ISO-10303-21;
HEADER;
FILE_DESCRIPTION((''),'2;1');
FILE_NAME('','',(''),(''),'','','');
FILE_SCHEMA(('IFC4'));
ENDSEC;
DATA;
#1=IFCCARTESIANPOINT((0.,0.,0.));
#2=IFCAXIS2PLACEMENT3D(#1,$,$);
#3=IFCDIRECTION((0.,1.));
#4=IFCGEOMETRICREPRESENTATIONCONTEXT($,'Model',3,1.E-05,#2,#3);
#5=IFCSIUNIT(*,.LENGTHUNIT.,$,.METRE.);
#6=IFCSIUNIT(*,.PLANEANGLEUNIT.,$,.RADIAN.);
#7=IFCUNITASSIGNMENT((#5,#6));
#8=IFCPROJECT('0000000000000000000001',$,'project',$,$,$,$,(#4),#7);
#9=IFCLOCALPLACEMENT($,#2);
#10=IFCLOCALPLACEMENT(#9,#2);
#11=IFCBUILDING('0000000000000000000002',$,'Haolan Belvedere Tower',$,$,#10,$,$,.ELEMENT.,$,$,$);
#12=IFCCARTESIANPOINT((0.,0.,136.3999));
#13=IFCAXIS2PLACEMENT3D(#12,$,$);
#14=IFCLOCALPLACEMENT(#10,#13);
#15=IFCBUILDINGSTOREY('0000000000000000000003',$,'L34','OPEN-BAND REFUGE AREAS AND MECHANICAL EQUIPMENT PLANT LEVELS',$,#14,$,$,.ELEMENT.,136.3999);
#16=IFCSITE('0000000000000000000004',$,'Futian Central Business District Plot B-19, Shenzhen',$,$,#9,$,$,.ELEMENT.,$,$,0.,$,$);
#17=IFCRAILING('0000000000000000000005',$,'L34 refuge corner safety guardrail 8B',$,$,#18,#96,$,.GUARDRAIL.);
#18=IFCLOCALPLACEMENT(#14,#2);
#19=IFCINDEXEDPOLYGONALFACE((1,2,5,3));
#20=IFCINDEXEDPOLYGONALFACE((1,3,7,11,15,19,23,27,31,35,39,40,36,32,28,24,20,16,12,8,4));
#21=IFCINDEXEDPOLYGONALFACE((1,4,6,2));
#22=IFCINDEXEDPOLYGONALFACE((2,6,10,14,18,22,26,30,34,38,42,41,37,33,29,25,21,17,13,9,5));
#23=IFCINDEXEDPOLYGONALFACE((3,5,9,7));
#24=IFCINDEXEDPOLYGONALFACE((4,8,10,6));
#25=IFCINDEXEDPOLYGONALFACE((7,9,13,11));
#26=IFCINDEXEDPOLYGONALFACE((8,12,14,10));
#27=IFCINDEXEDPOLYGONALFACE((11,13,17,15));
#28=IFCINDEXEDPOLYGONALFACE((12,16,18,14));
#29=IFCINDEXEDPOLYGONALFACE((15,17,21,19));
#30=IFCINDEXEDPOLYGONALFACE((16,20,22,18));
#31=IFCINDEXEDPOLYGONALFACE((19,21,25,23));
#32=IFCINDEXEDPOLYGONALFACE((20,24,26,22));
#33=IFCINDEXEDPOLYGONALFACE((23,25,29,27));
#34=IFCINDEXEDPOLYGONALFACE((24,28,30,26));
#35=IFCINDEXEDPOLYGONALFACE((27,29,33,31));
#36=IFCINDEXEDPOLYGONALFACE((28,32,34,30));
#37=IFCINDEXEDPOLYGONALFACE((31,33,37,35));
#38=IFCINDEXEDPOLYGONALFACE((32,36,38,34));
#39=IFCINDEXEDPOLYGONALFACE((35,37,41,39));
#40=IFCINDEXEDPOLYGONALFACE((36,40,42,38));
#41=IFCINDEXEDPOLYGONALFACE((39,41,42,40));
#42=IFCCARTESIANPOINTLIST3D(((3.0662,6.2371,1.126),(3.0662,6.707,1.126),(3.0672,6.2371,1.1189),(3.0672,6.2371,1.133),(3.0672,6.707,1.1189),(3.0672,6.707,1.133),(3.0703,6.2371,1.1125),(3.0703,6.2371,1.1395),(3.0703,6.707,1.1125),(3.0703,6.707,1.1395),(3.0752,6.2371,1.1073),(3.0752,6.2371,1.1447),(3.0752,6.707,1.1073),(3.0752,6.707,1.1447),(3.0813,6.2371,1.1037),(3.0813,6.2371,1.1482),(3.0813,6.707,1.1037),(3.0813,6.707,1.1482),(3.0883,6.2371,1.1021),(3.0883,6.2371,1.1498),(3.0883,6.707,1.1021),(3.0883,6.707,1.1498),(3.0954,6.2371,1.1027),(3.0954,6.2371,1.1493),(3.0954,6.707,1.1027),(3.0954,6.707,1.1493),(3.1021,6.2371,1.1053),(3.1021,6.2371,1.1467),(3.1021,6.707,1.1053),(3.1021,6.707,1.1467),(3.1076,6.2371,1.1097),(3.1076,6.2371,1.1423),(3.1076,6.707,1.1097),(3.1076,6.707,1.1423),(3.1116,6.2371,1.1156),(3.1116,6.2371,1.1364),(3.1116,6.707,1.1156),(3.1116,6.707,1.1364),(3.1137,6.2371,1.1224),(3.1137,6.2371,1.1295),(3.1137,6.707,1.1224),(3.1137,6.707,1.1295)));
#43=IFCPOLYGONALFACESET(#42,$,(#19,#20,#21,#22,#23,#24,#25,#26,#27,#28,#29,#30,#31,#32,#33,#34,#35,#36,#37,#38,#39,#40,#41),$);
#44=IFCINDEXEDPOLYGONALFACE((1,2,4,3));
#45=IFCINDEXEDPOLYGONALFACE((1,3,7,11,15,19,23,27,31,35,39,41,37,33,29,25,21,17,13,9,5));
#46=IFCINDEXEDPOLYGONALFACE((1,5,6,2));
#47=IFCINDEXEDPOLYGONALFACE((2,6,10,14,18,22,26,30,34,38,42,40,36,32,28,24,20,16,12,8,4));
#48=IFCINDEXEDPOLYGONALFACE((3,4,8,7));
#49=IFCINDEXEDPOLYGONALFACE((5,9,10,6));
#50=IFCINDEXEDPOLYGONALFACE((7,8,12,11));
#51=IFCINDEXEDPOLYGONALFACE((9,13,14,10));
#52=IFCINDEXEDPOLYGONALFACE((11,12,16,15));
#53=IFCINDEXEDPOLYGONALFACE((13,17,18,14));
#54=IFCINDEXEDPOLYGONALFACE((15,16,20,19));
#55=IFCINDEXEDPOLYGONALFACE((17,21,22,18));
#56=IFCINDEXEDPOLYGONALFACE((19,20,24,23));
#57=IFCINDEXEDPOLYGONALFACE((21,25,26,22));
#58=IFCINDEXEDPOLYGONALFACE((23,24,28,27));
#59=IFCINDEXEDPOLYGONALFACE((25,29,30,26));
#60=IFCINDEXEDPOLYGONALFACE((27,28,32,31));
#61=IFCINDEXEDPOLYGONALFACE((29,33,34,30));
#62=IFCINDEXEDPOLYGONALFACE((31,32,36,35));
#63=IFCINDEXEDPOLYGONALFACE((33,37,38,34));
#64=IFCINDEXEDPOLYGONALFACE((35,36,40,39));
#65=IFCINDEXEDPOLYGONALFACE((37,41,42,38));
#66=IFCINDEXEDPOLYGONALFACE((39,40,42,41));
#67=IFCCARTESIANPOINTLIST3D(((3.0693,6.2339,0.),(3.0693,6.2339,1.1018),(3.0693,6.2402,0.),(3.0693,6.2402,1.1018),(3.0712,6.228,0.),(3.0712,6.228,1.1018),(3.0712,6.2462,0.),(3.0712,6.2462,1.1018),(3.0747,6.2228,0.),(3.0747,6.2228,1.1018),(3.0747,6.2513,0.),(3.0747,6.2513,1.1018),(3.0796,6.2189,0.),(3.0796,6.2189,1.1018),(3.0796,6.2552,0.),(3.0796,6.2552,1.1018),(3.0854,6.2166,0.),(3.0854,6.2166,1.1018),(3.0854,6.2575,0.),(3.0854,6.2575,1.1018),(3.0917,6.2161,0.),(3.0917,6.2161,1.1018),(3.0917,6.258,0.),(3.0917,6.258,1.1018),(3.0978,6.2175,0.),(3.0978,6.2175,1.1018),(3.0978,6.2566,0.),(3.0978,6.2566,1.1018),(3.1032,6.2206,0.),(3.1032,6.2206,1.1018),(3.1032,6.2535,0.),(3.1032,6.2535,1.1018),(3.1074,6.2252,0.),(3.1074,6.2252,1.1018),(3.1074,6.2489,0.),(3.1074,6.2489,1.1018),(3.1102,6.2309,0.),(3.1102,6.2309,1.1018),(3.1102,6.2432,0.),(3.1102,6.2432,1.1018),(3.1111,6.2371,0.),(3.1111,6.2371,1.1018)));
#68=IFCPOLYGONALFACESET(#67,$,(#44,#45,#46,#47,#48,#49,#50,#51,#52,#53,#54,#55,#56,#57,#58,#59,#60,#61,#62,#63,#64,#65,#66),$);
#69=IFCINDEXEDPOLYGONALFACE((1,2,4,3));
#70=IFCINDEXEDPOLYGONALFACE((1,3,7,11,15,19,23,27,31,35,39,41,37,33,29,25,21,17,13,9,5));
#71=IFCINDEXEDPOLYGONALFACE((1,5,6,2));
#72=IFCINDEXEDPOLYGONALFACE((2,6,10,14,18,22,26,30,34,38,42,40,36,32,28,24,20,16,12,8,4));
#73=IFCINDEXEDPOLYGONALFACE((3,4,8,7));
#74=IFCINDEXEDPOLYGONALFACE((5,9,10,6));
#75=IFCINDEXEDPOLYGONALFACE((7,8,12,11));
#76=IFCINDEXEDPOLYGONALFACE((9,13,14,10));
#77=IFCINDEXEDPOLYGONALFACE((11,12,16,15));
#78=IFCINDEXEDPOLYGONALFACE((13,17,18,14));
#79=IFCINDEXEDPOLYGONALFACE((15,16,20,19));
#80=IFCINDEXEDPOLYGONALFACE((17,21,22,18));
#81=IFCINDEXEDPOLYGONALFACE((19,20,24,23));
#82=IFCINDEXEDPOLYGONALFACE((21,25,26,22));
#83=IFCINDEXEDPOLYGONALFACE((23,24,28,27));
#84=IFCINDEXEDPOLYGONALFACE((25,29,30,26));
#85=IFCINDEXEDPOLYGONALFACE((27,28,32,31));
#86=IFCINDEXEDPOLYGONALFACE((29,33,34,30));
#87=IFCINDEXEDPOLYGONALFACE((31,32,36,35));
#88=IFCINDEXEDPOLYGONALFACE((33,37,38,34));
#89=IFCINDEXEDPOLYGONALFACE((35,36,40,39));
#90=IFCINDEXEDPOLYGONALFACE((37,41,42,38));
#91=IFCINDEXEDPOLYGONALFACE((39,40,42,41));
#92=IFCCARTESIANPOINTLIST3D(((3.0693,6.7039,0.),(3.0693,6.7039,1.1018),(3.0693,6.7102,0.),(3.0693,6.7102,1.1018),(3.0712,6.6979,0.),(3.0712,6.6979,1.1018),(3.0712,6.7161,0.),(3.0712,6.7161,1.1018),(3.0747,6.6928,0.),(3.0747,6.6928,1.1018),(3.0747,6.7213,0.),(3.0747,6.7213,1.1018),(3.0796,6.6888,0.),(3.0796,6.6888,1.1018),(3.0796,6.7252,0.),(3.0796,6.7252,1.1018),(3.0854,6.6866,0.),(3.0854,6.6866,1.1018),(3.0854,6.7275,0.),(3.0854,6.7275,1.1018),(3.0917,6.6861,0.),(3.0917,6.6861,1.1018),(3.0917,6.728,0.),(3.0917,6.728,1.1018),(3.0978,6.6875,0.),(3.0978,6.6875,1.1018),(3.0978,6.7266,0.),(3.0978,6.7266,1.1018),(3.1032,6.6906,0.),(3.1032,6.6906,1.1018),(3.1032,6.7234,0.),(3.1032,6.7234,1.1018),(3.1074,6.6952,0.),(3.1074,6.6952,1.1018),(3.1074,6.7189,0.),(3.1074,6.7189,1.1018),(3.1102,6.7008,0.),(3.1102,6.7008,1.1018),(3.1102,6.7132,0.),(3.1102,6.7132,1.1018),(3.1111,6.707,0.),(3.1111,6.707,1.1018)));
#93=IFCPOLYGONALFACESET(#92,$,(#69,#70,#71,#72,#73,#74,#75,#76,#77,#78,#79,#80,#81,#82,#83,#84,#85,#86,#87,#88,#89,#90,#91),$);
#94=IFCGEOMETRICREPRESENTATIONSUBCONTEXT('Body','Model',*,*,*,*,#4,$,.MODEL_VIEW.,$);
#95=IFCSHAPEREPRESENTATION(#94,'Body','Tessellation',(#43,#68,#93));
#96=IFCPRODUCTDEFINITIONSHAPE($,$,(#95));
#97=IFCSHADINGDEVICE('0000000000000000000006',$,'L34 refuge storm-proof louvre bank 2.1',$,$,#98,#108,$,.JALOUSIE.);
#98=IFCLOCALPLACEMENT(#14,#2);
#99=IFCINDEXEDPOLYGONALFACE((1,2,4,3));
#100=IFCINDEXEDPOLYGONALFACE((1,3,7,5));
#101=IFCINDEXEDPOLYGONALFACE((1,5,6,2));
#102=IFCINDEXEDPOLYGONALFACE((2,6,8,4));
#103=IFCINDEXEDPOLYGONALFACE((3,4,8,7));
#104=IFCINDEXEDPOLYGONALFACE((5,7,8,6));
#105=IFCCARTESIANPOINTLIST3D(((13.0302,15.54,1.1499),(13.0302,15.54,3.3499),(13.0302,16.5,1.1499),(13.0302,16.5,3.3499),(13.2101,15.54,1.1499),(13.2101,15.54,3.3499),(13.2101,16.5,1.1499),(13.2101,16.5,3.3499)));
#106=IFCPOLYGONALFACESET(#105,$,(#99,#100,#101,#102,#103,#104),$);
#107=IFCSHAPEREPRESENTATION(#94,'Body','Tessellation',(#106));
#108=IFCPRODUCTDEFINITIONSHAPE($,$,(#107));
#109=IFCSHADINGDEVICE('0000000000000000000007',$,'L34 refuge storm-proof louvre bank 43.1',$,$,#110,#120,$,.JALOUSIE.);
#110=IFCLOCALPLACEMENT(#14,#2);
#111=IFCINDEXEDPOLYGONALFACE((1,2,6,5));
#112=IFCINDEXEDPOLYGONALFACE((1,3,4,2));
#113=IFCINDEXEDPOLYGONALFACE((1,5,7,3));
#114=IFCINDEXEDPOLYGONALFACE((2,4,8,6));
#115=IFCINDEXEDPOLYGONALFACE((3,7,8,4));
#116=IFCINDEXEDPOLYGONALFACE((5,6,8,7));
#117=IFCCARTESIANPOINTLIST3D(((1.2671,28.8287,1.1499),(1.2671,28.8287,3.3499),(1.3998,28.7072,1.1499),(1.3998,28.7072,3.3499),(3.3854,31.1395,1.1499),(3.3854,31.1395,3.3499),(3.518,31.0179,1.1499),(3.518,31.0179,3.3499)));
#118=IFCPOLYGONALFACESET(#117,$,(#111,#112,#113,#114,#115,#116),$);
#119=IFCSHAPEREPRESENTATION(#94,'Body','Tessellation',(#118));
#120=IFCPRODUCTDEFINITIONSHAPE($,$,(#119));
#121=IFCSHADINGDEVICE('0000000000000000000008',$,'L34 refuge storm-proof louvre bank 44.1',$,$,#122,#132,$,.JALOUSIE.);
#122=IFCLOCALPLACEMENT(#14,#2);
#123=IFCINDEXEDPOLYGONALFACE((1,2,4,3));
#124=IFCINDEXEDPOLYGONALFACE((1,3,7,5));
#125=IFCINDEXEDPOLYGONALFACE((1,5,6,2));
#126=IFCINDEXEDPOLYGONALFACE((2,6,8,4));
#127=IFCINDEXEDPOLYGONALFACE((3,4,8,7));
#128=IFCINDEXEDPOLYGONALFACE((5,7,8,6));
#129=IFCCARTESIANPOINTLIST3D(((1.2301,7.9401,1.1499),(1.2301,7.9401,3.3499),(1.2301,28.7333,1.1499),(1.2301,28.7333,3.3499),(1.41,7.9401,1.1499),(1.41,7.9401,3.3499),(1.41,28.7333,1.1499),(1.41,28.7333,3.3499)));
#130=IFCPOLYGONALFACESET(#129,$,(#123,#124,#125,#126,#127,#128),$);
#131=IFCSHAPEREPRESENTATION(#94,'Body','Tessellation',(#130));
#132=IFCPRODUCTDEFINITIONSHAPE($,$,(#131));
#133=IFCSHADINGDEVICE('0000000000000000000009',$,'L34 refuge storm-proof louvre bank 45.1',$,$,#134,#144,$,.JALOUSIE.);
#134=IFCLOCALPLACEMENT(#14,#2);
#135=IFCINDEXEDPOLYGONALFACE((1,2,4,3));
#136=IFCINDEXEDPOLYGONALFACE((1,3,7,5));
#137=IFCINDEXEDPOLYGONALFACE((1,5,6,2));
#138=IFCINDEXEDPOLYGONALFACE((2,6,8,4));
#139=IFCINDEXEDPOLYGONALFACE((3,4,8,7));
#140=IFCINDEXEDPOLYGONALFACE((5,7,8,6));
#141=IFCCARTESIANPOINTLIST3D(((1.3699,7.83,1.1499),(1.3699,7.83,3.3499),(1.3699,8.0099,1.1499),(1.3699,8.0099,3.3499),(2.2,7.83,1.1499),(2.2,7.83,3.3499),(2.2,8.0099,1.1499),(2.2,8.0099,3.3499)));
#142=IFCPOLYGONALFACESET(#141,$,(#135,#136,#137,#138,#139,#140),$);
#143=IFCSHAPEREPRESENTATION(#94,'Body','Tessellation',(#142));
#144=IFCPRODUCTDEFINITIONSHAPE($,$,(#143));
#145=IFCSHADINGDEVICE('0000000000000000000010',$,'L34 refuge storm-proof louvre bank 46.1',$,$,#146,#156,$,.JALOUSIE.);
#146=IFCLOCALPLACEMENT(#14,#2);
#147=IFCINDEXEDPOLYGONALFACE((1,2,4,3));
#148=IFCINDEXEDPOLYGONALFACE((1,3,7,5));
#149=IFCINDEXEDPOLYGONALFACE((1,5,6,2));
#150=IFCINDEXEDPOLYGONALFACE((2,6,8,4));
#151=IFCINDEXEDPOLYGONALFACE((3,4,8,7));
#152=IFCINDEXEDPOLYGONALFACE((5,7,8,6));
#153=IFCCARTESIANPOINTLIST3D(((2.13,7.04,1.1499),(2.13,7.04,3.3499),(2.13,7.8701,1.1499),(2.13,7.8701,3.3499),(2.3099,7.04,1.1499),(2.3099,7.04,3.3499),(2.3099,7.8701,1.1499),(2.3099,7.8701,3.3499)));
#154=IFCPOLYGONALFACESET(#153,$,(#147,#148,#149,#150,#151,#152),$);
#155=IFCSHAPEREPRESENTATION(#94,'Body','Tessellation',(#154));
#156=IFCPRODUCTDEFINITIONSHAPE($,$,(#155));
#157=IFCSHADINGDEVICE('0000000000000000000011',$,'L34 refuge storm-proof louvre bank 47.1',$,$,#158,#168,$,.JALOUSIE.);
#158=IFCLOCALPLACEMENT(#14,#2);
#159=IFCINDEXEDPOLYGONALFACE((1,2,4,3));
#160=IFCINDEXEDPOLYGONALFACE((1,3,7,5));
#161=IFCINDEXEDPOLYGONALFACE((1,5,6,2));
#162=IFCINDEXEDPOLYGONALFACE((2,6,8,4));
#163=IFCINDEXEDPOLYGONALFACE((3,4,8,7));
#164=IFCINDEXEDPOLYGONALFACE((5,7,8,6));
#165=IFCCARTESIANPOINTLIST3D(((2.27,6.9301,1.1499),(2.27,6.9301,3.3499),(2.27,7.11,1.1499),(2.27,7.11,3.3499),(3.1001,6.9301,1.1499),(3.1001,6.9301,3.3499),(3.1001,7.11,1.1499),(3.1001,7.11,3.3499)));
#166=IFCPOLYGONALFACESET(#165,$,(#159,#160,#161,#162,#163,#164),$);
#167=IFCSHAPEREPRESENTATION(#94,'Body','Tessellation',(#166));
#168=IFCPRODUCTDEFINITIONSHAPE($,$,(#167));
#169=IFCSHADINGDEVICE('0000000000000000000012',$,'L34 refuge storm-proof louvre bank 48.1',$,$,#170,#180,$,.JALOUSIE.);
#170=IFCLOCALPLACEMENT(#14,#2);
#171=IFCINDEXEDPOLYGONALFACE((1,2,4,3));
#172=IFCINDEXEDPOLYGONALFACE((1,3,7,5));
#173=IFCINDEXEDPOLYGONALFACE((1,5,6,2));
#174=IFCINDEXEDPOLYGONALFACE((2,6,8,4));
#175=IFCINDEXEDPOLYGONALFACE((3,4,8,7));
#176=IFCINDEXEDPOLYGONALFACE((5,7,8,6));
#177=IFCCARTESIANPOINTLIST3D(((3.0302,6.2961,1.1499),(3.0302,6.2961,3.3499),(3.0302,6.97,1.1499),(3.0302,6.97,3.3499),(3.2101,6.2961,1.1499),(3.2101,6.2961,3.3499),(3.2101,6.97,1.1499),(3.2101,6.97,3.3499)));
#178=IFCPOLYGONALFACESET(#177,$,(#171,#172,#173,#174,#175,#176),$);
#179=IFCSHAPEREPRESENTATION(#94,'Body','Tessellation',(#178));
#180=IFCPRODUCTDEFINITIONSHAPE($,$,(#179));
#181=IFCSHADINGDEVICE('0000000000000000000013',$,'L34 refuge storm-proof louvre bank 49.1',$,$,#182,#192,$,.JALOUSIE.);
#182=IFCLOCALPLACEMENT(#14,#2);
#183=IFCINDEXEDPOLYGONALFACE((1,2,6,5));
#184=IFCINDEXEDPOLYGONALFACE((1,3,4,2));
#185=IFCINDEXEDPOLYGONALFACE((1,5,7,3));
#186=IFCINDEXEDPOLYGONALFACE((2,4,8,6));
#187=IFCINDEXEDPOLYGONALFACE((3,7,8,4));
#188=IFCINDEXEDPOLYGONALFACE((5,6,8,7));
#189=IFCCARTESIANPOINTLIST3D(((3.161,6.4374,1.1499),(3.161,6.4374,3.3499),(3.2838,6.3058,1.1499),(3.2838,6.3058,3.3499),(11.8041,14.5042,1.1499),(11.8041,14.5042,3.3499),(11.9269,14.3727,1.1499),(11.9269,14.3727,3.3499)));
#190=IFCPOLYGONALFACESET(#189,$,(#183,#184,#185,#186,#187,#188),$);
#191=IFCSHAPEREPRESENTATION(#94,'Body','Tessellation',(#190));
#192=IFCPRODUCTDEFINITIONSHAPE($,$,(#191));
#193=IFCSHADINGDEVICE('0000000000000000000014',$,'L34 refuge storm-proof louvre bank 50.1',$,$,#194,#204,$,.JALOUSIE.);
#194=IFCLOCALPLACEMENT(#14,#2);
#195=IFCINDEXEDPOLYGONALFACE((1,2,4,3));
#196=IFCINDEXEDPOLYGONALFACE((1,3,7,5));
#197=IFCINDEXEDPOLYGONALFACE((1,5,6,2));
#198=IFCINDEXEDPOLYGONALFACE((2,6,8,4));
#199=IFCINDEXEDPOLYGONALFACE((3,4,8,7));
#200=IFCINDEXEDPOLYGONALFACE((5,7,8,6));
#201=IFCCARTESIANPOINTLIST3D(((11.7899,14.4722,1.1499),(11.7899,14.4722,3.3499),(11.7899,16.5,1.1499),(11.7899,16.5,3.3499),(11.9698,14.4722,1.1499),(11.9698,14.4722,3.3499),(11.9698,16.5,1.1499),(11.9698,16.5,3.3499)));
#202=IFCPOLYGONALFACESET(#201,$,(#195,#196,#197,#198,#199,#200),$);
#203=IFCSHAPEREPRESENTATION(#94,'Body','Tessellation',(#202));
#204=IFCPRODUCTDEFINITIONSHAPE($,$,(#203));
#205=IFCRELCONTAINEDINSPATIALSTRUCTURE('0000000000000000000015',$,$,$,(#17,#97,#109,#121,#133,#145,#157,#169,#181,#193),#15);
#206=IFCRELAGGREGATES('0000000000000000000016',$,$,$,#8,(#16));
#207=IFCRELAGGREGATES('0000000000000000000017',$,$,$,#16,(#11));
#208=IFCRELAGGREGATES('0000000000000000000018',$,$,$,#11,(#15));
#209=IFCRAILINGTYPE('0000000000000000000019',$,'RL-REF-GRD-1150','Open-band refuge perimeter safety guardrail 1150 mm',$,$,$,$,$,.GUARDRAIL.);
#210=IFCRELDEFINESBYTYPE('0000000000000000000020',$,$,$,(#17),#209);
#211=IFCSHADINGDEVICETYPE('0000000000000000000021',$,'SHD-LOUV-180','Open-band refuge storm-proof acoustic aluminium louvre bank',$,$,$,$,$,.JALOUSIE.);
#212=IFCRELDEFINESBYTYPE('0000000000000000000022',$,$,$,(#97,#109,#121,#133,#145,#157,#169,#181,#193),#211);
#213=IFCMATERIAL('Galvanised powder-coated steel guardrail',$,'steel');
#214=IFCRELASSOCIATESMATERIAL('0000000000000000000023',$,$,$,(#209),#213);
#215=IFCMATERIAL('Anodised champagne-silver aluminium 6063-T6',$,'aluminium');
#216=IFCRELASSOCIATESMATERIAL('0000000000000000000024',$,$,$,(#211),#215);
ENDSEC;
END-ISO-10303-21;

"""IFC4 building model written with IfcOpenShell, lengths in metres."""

from ifc_helpers import new_model, si_unit, direction, frame, origin, origin_2d, place, context, subcontext, project, spatial, rectangle, circle, extrude, material, type_object, element, save


model = new_model("IFC4")

# Units and contexts
model_context = context("Model", 3, precision=1e-05, world=origin(), true_north=direction((0.0, 1.0)))
body_context = subcontext(model_context, "Body", "Model", "MODEL_VIEW")
ifc_project = project(units=[si_unit("LENGTHUNIT", "METRE"), si_unit("PLANEANGLEUNIT", "RADIAN")], contexts=[model_context])

# Site, building, storey
site_placement = place(None, origin())
site = spatial("IfcSite", under=ifc_project, at=site_placement, Name="Futian Central Business District Plot B-19, Shenzhen", CompositionType="ELEMENT", RefElevation=0.0)
building_placement = place(site_placement, origin())
building = spatial("IfcBuilding", under=site, at=building_placement, Name="Haolan Belvedere Tower", CompositionType="ELEMENT")
storey_placement = place(building_placement, frame((0.0, 0.0, 136.3999)))
storey = spatial("IfcBuildingStorey", under=building, at=storey_placement, Name="L34", Description="OPEN-BAND REFUGE AREAS AND MECHANICAL EQUIPMENT PLANT LEVELS", CompositionType="ELEMENT", Elevation=136.3999)

# Railing
ifc_material_1 = material(Name="Galvanised powder-coated steel guardrail", Category="steel")
railing_type = type_object("IfcRailingType", Name="RL-REF-GRD-1150", Description="Open-band refuge perimeter safety guardrail 1150 mm", PredefinedType="GUARDRAIL", material=ifc_material_1)
railing_1_placement = place(storey_placement, frame((3.0901, 6.2371, 0.0)))
element("IfcRailing", 1, at=railing_1_placement, inside=storey, type_object=railing_type, Name="L34 refuge corner safety guardrail 8B", PredefinedType="GUARDRAIL", context=body_context, shape_type="SweptSolid", body=[
    extrude(circle(Radius=0.0239, at=origin_2d()), frame((0.0, 0.0, 1.126), z_axis=(0.0, 1.0, 0.0), x_axis=(-1.0, 0.0, 0.0)), (0.0, 0.0, 1.0), 0.47),
    extrude(circle(Radius=0.021, at=origin_2d()), origin(), (0.0, 0.0, 1.0), 1.1018),
    extrude(circle(Radius=0.021, at=origin_2d()), frame((0.0, 0.47, 0.0)), (0.0, 0.0, 1.0), 1.1018),
])

# Shading devices
ifc_material_2 = material(Name="Anodised champagne-silver aluminium 6063-T6", Category="aluminium")
shading_device_type = type_object("IfcShadingDeviceType", Name="SHD-LOUV-180", Description="Open-band refuge storm-proof acoustic aluminium louvre bank", PredefinedType="JALOUSIE", material=ifc_material_2)
shading_device_1_placement = place(storey_placement, frame((13.1201, 16.02, 1.1499), z_axis=(0.0, 0.0, 1.0), x_axis=(0.0, -1.0, 0.0)))
element("IfcShadingDevice", 2, at=shading_device_1_placement, inside=storey, type_object=shading_device_type, Name="L34 refuge storm-proof louvre bank 2.1", PredefinedType="JALOUSIE", context=body_context, shape_type="SweptSolid", body=[
    extrude(rectangle(XDim=0.96, YDim=0.1799, at=origin_2d()), origin(), (0.0, 0.0, 1.0), 2.2),
])
shading_device_2_placement = place(storey_placement, frame((2.3926, 29.9233, 1.1499), z_axis=(0.0, 0.0, 1.0), x_axis=(-0.675732, -0.737148, 0.0)))
element("IfcShadingDevice", 3, at=shading_device_2_placement, inside=storey, type_object=shading_device_type, Name="L34 refuge storm-proof louvre bank 43.1", PredefinedType="JALOUSIE", context=body_context, shape_type="SweptSolid", body=[
    extrude(rectangle(XDim=3.1348, YDim=0.1799, at=origin_2d()), origin(), (0.0, 0.0, 1.0), 2.2),
])
shading_device_3_placement = place(storey_placement, frame((1.3201, 18.3367, 1.1499), z_axis=(0.0, 0.0, 1.0), x_axis=(0.0, -1.0, 0.0)))
element("IfcShadingDevice", 4, at=shading_device_3_placement, inside=storey, type_object=shading_device_type, Name="L34 refuge storm-proof louvre bank 44.1", PredefinedType="JALOUSIE", context=body_context, shape_type="SweptSolid", body=[
    extrude(rectangle(XDim=20.7932, YDim=0.1799, at=origin_2d()), origin(), (0.0, 0.0, 1.0), 2.2),
])
for number, where, z_axis, x_axis, name in (
    (5, (1.7849, 7.9199, 1.1499), (0.0, 0.0, 1.0), (1.0, 0.0, 0.0), "L34 refuge storm-proof louvre bank 45.1"),
    (6, (2.22, 7.4551, 1.1499), (0.0, 0.0, 1.0), (0.0, -1.0, 0.0), "L34 refuge storm-proof louvre bank 46.1"),
    (7, (2.6851, 7.02, 1.1499), (0.0, 0.0, 1.0), (1.0, 0.0, 0.0), "L34 refuge storm-proof louvre bank 47.1"),
):
    element("IfcShadingDevice", number, at=place(storey_placement, frame(where, z_axis=z_axis, x_axis=x_axis)), inside=storey, type_object=shading_device_type, Name=name, PredefinedType="JALOUSIE", context=body_context, shape_type="SweptSolid", body=[
        extrude(rectangle(XDim=0.8301, YDim=0.1799, at=origin_2d()), origin(), (0.0, 0.0, 1.0), 2.2),
    ])
shading_device_4_placement = place(storey_placement, frame((3.1201, 6.6331, 1.1499), z_axis=(0.0, 0.0, 1.0), x_axis=(0.0, -1.0, 0.0)))
element("IfcShadingDevice", 8, at=shading_device_4_placement, inside=storey, type_object=shading_device_type, Name="L34 refuge storm-proof louvre bank 48.1", PredefinedType="JALOUSIE", context=body_context, shape_type="SweptSolid", body=[
    extrude(rectangle(XDim=0.6738, YDim=0.1799, at=origin_2d()), origin(), (0.0, 0.0, 1.0), 2.2),
])
shading_device_5_placement = place(storey_placement, frame((7.5439, 10.405, 1.1499), z_axis=(0.0, 0.0, 1.0), x_axis=(0.731056, 0.682317, 0.0)))
element("IfcShadingDevice", 9, at=shading_device_5_placement, inside=storey, type_object=shading_device_type, Name="L34 refuge storm-proof louvre bank 49.1", PredefinedType="JALOUSIE", context=body_context, shape_type="SweptSolid", body=[
    extrude(rectangle(XDim=11.8228, YDim=0.1799, at=origin_2d()), origin(), (0.0, 0.0, 1.0), 2.2),
])
shading_device_6_placement = place(storey_placement, frame((11.8799, 15.4861, 1.1499), z_axis=(0.0, 0.0, 1.0), x_axis=(0.0, 1.0, 0.0)))
element("IfcShadingDevice", 10, at=shading_device_6_placement, inside=storey, type_object=shading_device_type, Name="L34 refuge storm-proof louvre bank 50.1", PredefinedType="JALOUSIE", context=body_context, shape_type="SweptSolid", body=[
    extrude(rectangle(XDim=2.0278, YDim=0.1799, at=origin_2d()), origin(), (0.0, 0.0, 1.0), 2.2),
])

save(model, "model.ifc")
